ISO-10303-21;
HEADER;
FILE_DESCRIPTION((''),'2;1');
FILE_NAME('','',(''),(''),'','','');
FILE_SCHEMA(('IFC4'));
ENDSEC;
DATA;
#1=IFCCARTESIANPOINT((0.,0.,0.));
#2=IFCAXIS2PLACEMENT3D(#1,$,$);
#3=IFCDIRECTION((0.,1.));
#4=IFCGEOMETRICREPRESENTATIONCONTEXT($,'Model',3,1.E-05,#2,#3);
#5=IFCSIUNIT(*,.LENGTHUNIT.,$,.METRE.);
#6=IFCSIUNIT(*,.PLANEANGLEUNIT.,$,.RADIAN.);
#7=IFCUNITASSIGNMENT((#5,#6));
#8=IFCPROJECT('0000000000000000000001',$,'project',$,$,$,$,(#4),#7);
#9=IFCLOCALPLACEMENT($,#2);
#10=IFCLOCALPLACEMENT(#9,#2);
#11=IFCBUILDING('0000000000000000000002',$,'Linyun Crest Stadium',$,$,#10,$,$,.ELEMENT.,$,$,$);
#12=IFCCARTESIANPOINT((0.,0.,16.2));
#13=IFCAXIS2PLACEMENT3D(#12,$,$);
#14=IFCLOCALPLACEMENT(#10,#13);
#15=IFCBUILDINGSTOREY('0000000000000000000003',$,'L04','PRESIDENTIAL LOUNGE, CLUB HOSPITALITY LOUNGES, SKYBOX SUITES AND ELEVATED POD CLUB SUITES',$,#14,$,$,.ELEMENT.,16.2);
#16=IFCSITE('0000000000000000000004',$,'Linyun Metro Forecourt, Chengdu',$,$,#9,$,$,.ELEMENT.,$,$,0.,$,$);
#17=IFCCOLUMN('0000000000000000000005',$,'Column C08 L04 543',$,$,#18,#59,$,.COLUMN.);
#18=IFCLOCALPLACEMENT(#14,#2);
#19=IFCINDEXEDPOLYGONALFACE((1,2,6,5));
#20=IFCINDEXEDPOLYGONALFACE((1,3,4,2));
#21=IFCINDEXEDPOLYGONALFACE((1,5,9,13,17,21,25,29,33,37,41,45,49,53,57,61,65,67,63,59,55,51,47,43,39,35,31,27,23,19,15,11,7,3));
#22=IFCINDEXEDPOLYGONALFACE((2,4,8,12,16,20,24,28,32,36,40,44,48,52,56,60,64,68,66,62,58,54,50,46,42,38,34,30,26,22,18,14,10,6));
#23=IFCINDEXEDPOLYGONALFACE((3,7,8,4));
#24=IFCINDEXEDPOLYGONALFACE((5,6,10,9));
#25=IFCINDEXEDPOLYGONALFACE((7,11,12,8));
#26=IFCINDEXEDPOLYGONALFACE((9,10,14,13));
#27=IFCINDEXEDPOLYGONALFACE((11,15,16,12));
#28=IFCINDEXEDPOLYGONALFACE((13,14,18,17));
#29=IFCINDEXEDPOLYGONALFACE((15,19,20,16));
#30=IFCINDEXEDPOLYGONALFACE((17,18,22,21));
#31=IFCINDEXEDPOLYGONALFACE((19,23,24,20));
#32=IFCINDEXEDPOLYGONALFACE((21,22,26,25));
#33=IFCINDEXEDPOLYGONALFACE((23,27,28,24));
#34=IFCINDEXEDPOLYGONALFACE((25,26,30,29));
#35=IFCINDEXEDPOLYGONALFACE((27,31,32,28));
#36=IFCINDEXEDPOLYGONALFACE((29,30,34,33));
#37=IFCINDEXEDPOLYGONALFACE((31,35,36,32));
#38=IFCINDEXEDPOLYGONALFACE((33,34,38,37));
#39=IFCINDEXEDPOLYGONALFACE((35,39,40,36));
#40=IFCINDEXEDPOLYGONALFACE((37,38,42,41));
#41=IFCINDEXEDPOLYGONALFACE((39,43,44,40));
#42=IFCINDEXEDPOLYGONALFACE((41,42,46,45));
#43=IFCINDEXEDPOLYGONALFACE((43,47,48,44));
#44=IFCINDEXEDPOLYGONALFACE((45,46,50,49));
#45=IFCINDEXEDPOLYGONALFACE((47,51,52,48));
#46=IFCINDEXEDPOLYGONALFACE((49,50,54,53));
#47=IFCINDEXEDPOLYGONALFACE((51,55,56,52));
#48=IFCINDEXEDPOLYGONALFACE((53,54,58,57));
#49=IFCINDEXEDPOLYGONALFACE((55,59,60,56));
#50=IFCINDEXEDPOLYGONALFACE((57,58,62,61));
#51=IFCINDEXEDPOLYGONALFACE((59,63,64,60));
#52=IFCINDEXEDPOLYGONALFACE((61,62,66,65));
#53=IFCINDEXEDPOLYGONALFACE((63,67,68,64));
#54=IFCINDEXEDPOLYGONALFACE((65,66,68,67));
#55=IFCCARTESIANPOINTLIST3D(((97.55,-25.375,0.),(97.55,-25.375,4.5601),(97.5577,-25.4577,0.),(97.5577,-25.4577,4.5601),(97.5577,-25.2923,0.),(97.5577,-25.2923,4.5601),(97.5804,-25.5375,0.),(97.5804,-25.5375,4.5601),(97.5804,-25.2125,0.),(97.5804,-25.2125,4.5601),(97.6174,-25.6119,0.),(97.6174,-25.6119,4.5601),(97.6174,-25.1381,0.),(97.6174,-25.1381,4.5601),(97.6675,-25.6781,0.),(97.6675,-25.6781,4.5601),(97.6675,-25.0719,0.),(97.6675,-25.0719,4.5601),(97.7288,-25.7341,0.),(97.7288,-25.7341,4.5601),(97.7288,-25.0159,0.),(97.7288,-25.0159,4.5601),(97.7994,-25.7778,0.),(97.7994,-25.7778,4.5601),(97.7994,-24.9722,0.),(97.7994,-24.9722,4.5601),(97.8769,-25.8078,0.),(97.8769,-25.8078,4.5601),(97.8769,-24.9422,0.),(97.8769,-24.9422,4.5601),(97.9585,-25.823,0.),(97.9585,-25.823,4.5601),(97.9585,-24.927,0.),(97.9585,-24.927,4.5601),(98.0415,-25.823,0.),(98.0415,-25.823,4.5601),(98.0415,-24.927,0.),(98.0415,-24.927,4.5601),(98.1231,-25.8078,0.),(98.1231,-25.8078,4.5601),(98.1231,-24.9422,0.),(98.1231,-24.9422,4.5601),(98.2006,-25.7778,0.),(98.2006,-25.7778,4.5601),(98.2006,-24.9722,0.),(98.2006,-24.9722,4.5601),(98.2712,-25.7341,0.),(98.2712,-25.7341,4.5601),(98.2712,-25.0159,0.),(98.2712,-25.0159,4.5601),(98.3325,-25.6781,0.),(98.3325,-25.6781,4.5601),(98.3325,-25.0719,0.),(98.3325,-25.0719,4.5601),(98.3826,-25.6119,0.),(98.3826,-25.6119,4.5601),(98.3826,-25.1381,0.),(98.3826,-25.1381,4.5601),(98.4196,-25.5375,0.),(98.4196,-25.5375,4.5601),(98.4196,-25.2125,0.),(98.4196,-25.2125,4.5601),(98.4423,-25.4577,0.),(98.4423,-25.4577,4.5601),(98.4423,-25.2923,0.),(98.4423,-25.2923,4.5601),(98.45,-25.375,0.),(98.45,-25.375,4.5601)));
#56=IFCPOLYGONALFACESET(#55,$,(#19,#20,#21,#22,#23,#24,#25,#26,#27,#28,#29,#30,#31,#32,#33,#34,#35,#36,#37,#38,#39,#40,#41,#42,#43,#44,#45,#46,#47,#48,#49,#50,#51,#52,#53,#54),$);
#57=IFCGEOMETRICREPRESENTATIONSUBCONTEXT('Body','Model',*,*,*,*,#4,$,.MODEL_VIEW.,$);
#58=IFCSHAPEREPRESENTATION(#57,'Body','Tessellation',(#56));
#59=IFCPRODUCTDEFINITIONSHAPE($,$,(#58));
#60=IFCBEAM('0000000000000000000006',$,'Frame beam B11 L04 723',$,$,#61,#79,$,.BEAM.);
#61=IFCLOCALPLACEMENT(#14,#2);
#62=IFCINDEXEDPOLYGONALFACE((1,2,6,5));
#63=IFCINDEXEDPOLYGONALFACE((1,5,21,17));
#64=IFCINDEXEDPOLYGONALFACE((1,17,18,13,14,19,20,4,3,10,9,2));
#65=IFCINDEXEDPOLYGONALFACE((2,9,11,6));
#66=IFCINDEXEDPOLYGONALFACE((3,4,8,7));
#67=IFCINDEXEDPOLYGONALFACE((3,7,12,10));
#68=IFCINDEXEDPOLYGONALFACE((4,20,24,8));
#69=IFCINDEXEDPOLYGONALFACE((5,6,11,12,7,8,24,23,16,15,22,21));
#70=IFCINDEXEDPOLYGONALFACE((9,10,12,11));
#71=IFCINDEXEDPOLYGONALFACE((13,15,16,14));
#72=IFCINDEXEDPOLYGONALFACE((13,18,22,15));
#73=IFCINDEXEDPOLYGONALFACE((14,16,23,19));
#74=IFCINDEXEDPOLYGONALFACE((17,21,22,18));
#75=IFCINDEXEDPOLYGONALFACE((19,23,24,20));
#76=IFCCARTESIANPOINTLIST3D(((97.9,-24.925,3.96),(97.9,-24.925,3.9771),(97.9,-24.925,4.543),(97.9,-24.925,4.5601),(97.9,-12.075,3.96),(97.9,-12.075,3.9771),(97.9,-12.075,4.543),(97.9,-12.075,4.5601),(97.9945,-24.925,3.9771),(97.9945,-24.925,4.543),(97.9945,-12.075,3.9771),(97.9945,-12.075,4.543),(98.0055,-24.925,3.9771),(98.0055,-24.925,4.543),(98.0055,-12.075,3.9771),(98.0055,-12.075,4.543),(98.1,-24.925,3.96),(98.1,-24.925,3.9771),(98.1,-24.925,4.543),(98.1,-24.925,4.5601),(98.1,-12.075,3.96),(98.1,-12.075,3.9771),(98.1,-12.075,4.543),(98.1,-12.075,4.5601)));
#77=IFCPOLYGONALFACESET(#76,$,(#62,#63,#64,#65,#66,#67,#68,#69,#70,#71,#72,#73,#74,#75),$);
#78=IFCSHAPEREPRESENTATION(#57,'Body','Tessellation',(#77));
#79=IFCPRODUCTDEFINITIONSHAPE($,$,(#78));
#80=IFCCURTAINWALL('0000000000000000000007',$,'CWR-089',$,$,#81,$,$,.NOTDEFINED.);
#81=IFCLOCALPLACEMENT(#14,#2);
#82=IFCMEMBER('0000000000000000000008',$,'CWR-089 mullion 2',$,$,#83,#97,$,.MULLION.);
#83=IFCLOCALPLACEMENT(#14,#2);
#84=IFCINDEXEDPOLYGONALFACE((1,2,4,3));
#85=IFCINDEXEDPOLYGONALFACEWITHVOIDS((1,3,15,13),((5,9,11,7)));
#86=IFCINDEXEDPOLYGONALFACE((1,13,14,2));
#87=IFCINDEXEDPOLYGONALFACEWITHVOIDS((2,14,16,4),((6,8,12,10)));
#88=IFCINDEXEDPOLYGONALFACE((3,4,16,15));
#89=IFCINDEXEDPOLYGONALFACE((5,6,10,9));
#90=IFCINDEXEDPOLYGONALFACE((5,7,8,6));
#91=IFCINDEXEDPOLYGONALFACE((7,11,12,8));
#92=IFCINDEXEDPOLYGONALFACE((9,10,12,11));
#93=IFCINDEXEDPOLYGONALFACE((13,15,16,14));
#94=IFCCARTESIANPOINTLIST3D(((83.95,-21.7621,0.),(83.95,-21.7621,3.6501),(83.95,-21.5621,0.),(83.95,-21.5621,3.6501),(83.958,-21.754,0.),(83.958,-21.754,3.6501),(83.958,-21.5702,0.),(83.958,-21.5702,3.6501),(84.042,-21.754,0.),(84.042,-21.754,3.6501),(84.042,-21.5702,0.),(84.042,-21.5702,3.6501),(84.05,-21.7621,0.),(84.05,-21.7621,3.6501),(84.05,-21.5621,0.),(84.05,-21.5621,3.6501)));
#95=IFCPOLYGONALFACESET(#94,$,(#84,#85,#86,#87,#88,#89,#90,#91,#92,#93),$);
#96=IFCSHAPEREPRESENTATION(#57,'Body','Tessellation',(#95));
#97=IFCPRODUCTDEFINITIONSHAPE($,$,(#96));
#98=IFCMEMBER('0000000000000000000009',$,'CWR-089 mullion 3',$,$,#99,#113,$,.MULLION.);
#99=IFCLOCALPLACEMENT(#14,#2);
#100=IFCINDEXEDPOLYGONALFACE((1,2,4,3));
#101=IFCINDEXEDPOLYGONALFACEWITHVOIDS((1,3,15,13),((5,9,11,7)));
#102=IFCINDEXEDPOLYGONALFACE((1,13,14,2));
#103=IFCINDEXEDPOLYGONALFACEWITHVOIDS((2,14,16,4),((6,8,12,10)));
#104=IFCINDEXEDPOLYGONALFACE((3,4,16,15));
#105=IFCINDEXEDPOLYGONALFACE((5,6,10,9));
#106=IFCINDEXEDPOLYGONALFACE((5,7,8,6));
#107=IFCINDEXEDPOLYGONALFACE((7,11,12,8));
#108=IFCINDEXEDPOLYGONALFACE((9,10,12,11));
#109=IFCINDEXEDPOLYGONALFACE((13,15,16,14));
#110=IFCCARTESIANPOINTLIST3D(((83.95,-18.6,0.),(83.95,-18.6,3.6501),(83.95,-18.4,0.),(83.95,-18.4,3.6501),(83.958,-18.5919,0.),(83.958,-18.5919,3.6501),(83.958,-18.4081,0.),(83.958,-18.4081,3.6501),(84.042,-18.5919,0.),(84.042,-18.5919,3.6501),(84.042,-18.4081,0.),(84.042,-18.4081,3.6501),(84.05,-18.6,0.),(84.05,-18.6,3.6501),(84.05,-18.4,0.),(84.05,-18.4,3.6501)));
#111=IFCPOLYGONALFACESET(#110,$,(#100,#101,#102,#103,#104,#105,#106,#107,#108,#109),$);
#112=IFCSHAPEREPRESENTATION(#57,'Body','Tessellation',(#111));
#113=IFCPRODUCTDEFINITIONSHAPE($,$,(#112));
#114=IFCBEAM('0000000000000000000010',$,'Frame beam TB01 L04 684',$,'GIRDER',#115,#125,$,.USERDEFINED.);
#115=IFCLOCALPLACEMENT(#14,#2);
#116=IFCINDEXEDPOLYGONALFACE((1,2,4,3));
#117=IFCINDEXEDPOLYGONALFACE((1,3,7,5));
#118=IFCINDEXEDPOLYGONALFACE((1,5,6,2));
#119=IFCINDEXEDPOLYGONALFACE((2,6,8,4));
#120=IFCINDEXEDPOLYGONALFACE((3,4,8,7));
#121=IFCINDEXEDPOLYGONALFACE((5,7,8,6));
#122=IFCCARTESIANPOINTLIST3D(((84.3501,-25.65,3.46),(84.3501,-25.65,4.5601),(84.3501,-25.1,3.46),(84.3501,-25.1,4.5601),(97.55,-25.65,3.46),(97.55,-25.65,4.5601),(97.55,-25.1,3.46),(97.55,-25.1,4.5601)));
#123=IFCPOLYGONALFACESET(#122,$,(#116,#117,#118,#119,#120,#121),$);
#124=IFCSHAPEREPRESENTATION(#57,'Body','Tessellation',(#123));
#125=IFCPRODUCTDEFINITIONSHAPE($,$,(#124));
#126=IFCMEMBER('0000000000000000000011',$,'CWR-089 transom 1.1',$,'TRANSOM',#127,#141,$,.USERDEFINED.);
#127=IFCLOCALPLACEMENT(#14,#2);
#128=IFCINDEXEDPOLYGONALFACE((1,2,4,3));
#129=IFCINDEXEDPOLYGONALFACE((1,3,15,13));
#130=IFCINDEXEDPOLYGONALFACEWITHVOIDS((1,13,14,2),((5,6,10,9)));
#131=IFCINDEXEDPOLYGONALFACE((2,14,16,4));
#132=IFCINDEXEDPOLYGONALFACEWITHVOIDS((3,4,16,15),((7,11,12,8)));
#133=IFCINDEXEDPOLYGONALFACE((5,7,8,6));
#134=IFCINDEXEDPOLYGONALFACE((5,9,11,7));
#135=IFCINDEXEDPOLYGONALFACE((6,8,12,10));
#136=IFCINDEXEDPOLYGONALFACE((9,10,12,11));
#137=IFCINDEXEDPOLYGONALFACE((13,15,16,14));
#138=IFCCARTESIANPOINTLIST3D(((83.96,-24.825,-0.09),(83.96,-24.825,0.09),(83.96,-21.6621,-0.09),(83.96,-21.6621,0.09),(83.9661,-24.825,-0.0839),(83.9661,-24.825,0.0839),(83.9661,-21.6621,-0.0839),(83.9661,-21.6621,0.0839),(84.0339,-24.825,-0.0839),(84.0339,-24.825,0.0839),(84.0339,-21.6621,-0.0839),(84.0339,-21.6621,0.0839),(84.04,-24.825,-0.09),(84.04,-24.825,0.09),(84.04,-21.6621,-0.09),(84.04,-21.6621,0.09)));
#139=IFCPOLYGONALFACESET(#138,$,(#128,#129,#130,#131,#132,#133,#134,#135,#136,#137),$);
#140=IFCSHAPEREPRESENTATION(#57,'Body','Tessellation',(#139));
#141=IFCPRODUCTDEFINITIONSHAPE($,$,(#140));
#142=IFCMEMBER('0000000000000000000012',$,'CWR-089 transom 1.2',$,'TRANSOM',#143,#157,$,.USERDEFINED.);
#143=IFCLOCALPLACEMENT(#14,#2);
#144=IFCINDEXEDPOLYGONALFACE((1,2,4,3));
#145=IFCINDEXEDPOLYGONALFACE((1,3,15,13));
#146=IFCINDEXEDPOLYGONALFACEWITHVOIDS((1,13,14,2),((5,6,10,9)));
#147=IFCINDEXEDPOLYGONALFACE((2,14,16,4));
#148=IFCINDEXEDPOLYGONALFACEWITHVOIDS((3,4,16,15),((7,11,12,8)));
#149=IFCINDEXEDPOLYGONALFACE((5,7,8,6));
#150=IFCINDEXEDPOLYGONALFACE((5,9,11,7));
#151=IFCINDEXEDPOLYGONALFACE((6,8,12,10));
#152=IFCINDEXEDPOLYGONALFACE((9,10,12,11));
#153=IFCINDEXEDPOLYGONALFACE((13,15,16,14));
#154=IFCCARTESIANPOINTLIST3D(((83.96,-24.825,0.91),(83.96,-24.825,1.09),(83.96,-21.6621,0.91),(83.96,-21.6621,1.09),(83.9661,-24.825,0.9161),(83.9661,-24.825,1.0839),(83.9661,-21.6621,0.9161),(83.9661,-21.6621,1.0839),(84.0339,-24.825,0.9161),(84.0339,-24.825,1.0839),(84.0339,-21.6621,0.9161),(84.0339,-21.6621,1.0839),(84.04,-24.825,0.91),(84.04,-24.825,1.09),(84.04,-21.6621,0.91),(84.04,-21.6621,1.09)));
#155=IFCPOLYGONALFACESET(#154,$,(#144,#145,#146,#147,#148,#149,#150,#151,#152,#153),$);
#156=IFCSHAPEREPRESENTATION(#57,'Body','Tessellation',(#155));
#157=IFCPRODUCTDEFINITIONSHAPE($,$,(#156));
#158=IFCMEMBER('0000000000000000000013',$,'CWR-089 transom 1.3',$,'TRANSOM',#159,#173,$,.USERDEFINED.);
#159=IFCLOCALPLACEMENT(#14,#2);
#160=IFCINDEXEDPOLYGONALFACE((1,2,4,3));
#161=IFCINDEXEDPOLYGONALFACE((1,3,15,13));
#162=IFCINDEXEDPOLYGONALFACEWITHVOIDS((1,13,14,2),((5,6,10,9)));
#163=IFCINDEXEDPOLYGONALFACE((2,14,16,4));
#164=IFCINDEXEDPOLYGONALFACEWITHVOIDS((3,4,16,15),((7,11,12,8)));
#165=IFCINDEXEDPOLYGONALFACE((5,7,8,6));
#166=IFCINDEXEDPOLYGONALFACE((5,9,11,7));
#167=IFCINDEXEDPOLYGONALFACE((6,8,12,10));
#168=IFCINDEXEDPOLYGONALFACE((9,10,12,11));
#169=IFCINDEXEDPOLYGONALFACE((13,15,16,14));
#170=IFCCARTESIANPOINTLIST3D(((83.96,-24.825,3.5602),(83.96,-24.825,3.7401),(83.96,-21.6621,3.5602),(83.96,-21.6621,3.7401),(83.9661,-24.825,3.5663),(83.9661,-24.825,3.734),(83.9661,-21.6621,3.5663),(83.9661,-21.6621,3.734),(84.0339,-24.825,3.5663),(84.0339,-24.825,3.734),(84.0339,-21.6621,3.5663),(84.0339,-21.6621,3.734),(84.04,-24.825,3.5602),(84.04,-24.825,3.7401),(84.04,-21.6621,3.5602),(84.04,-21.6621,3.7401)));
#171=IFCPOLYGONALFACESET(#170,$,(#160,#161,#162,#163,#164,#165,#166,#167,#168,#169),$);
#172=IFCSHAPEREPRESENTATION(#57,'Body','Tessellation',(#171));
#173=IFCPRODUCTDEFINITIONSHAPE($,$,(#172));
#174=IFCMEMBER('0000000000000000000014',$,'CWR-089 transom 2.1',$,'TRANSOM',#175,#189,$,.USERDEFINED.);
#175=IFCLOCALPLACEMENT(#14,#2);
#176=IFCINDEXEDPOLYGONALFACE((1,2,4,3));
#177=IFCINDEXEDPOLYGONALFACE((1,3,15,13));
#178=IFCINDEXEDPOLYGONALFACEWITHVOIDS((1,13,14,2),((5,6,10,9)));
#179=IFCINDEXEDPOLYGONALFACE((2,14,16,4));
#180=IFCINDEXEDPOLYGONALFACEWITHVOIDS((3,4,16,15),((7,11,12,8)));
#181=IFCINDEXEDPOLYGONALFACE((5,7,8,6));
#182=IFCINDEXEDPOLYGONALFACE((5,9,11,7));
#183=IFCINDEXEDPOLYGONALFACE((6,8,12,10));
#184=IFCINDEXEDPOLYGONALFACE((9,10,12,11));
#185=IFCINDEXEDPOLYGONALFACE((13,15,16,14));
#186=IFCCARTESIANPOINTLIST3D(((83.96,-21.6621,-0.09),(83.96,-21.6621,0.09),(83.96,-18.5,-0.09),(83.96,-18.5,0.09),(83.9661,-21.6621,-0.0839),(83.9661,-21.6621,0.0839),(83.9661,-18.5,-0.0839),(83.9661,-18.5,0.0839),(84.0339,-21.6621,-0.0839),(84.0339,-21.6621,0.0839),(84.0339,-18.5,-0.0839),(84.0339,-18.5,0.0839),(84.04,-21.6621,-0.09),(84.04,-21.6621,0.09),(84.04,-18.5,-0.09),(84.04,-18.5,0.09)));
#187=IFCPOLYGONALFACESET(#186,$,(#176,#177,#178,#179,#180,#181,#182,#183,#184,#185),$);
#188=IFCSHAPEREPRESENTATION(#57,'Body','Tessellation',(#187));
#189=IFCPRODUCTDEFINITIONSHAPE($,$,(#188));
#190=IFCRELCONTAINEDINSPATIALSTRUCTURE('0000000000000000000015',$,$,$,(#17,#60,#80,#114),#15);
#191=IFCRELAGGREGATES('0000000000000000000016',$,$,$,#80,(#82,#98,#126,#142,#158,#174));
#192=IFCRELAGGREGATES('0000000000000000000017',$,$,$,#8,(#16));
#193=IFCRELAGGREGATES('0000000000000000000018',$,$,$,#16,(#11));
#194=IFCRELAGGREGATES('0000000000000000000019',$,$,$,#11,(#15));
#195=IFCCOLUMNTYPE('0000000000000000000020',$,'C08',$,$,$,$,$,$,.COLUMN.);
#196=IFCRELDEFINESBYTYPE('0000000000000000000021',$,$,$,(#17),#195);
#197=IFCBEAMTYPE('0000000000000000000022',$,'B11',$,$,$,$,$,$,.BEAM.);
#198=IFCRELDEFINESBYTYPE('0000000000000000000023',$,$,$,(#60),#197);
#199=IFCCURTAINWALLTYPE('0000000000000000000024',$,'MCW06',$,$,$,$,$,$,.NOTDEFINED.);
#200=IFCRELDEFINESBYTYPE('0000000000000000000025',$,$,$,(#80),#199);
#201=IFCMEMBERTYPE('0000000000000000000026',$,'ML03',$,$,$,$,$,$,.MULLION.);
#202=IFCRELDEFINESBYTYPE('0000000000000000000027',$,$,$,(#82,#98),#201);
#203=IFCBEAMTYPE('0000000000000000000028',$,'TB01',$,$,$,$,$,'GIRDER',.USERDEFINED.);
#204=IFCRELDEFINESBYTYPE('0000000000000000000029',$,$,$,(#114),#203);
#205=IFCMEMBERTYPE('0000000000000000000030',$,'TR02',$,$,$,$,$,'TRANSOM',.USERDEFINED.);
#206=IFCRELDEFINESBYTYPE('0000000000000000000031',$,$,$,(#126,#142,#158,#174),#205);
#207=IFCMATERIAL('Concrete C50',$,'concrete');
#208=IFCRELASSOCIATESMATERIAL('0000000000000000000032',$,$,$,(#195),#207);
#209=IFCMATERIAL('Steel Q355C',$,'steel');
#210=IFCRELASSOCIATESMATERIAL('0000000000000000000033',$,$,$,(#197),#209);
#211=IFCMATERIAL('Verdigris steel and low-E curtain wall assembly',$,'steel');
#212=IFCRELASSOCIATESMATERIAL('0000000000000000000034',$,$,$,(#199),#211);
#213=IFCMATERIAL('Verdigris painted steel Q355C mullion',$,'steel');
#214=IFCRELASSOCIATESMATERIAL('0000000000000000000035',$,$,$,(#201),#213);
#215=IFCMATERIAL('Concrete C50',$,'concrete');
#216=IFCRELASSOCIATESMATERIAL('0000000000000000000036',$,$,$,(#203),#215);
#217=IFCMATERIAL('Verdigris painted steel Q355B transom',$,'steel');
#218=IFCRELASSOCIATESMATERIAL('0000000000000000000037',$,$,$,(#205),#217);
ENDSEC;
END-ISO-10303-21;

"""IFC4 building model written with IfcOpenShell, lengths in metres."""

from ifc_helpers import new_model, si_unit, direction, frame, origin, origin_2d, place, context, subcontext, project, spatial, rectangle, hollow_rectangle, circle, i_section, extrude, material, material_profile, profile_set, type_object, element, aggregate, save


model = new_model("IFC4")

# Units and contexts
model_context = context("Model", 3, precision=1e-05, world=origin(), true_north=direction((0.0, 1.0)))
body_context = subcontext(model_context, "Body", "Model", "MODEL_VIEW")
ifc_project = project(units=[si_unit("LENGTHUNIT", "METRE"), si_unit("PLANEANGLEUNIT", "RADIAN")], contexts=[model_context])

# Site, building, storey
site_placement = place(None, origin())
site = spatial("IfcSite", under=ifc_project, at=site_placement, Name="Linyun Metro Forecourt, Chengdu", CompositionType="ELEMENT", RefElevation=0.0)
building_placement = place(site_placement, origin())
building = spatial("IfcBuilding", under=site, at=building_placement, Name="Linyun Crest Stadium", CompositionType="ELEMENT")
storey_placement = place(building_placement, frame((0.0, 0.0, 16.2)))
storey = spatial("IfcBuildingStorey", under=building, at=storey_placement, Name="L04", Description="PRESIDENTIAL LOUNGE, CLUB HOSPITALITY LOUNGES, SKYBOX SUITES AND ELEVATED POD CLUB SUITES", CompositionType="ELEMENT", Elevation=16.2)

# Column
ifc_material_1 = material(Name="Concrete C50", Category="concrete")
ifc_material_profile_1 = material_profile(ifc_material_1, circle(Radius=0.45, at=origin_2d()), Name="RC D900")
ifc_profile_set_1 = profile_set([ifc_material_profile_1], Name="Concrete C50")
column_type = type_object("IfcColumnType", Name="C08", PredefinedType="COLUMN", material=ifc_profile_set_1)
column_placement = place(storey_placement, frame((98.0, -25.375, 0.0), z_axis=(0.0, 0.0, 1.0), x_axis=(1.0, 0.0, 0.0)))
element("IfcColumn", 1, at=column_placement, inside=storey, type_object=column_type, Name="Column C08 L04 543", PredefinedType="COLUMN", context=body_context, shape_type="SweptSolid", body=[
    extrude(circle(Radius=0.45, at=origin_2d()), origin(), (0.0, 0.0, 1.0), 4.5601),
])

# Beam
ifc_material_2 = material(Name="Steel Q355C", Category="steel")
ifc_material_profile_2 = material_profile(ifc_material_2, i_section(OverallWidth=0.2, OverallDepth=0.6001, WebThickness=0.011, FlangeThickness=0.0171, at=origin_2d()), Name="HN 600x200")
ifc_profile_set_2 = profile_set([ifc_material_profile_2], Name="Steel Q355C")
beam_type_1 = type_object("IfcBeamType", Name="B11", PredefinedType="BEAM", material=ifc_profile_set_2)
beam_1_placement = place(storey_placement, frame((98.0, -24.925, 4.26), z_axis=(0.0, 1.0, 0.0), x_axis=(-1.0, 0.0, 0.0)))
element("IfcBeam", 2, at=beam_1_placement, inside=storey, type_object=beam_type_1, Name="Frame beam B11 L04 723", PredefinedType="BEAM", context=body_context, shape_type="SweptSolid", body=[
    extrude(i_section(OverallWidth=0.2, OverallDepth=0.6001, WebThickness=0.011, FlangeThickness=0.0171, at=origin_2d()), origin(), (0.0, 0.0, 1.0), 12.8501),
])

# Curtain wall, members
ifc_material_3 = material(Name="Verdigris steel and low-E curtain wall assembly", Category="steel")
curtain_wall_type = type_object("IfcCurtainWallType", Name="MCW06", PredefinedType="NOTDEFINED", material=ifc_material_3)
curtain_wall_placement = place(storey_placement, origin())
curtain_wall = element("IfcCurtainWall", 3, at=curtain_wall_placement, inside=storey, type_object=curtain_wall_type, Name="CWR-089", PredefinedType="NOTDEFINED")
ifc_material_4 = material(Name="Verdigris painted steel Q355C mullion", Category="steel")
ifc_material_profile_3 = material_profile(ifc_material_4, hollow_rectangle(XDim=0.1001, YDim=0.2, WallThickness=0.0081, at=origin_2d()), Name="RHS 200x100x8")
ifc_profile_set_3 = profile_set([ifc_material_profile_3], Name="Verdigris painted steel Q355C mullion")
member_type_1 = type_object("IfcMemberType", Name="ML03", PredefinedType="MULLION", material=ifc_profile_set_3)
member_1_placement = place(storey_placement, frame((84.0, -21.6621, 0.0), z_axis=(0.0, 0.0, 1.0), x_axis=(-1.0, 0.0, 0.0)))
member_1 = element("IfcMember", 4, at=member_1_placement, type_object=member_type_1, Name="CWR-089 mullion 2", PredefinedType="MULLION", context=body_context, shape_type="SweptSolid", body=[
    extrude(hollow_rectangle(XDim=0.1001, YDim=0.2, WallThickness=0.0081, at=origin_2d()), origin(), (0.0, 0.0, 1.0), 3.6501),
])
member_2_placement = place(storey_placement, frame((84.0, -18.5, 0.0), z_axis=(0.0, 0.0, 1.0), x_axis=(-1.0, 0.0, 0.0)))
member_2 = element("IfcMember", 5, at=member_2_placement, type_object=member_type_1, Name="CWR-089 mullion 3", PredefinedType="MULLION", context=body_context, shape_type="SweptSolid", body=[
    extrude(hollow_rectangle(XDim=0.1001, YDim=0.2, WallThickness=0.0081, at=origin_2d()), origin(), (0.0, 0.0, 1.0), 3.6501),
])

# Beam
ifc_material_5 = material(Name="Concrete C50", Category="concrete")
ifc_material_profile_4 = material_profile(ifc_material_5, rectangle(XDim=0.55, YDim=1.1001, at=origin_2d()), Name="RCB 1100x550")
ifc_profile_set_4 = profile_set([ifc_material_profile_4], Name="Concrete C50")
beam_type_2 = type_object("IfcBeamType", Name="TB01", ElementType="GIRDER", PredefinedType="USERDEFINED", material=ifc_profile_set_4)
beam_2_placement = place(storey_placement, frame((84.3501, -25.375, 4.01), z_axis=(1.0, 0.0, 0.0), x_axis=(0.0, 1.0, 0.0)))
element("IfcBeam", 6, at=beam_2_placement, inside=storey, type_object=beam_type_2, Name="Frame beam TB01 L04 684", ObjectType="GIRDER", PredefinedType="USERDEFINED", context=body_context, shape_type="SweptSolid", body=[
    extrude(rectangle(XDim=0.55, YDim=1.1001, at=origin_2d()), origin(), (0.0, 0.0, 1.0), 13.2),
])

# Members
ifc_material_6 = material(Name="Verdigris painted steel Q355B transom", Category="steel")
ifc_material_profile_5 = material_profile(ifc_material_6, hollow_rectangle(XDim=0.0801, YDim=0.1799, WallThickness=0.0061, at=origin_2d()), Name="RHS 180x80x6")
ifc_profile_set_5 = profile_set([ifc_material_profile_5], Name="Verdigris painted steel Q355B transom")
member_type_2 = type_object("IfcMemberType", Name="TR02", ElementType="TRANSOM", PredefinedType="USERDEFINED", material=ifc_profile_set_5)
member_3_placement = place(storey_placement, frame((84.0, -24.825, 0.0), z_axis=(0.0, 1.0, 0.0), x_axis=(-1.0, 0.0, 0.0)))
member_3 = element("IfcMember", 7, at=member_3_placement, type_object=member_type_2, Name="CWR-089 transom 1.1", ObjectType="TRANSOM", PredefinedType="USERDEFINED", context=body_context, shape_type="SweptSolid", body=[
    extrude(hollow_rectangle(XDim=0.0801, YDim=0.1799, WallThickness=0.0061, at=origin_2d()), origin(), (0.0, 0.0, 1.0), 3.1628),
])
member_4_placement = place(storey_placement, frame((84.0, -24.825, 1.0), z_axis=(0.0, 1.0, 0.0), x_axis=(-1.0, 0.0, 0.0)))
member_4 = element("IfcMember", 8, at=member_4_placement, type_object=member_type_2, Name="CWR-089 transom 1.2", ObjectType="TRANSOM", PredefinedType="USERDEFINED", context=body_context, shape_type="SweptSolid", body=[
    extrude(hollow_rectangle(XDim=0.0801, YDim=0.1799, WallThickness=0.0061, at=origin_2d()), origin(), (0.0, 0.0, 1.0), 3.1628),
])
member_5_placement = place(storey_placement, frame((84.0, -24.825, 3.6501), z_axis=(0.0, 1.0, 0.0), x_axis=(-1.0, 0.0, 0.0)))
member_5 = element("IfcMember", 9, at=member_5_placement, type_object=member_type_2, Name="CWR-089 transom 1.3", ObjectType="TRANSOM", PredefinedType="USERDEFINED", context=body_context, shape_type="SweptSolid", body=[
    extrude(hollow_rectangle(XDim=0.0801, YDim=0.1799, WallThickness=0.0061, at=origin_2d()), origin(), (0.0, 0.0, 1.0), 3.1628),
])
member_6_placement = place(storey_placement, frame((84.0, -21.6621, 0.0), z_axis=(0.0, 1.0, 0.0), x_axis=(-1.0, 0.0, 0.0)))
member_6 = element("IfcMember", 10, at=member_6_placement, type_object=member_type_2, Name="CWR-089 transom 2.1", ObjectType="TRANSOM", PredefinedType="USERDEFINED", context=body_context, shape_type="SweptSolid", body=[
    extrude(hollow_rectangle(XDim=0.0801, YDim=0.1799, WallThickness=0.0061, at=origin_2d()), origin(), (0.0, 0.0, 1.0), 3.1621),
])

aggregate(curtain_wall, [member_1, member_2, member_3, member_4, member_5, member_6])

save(model, "model.ifc")
